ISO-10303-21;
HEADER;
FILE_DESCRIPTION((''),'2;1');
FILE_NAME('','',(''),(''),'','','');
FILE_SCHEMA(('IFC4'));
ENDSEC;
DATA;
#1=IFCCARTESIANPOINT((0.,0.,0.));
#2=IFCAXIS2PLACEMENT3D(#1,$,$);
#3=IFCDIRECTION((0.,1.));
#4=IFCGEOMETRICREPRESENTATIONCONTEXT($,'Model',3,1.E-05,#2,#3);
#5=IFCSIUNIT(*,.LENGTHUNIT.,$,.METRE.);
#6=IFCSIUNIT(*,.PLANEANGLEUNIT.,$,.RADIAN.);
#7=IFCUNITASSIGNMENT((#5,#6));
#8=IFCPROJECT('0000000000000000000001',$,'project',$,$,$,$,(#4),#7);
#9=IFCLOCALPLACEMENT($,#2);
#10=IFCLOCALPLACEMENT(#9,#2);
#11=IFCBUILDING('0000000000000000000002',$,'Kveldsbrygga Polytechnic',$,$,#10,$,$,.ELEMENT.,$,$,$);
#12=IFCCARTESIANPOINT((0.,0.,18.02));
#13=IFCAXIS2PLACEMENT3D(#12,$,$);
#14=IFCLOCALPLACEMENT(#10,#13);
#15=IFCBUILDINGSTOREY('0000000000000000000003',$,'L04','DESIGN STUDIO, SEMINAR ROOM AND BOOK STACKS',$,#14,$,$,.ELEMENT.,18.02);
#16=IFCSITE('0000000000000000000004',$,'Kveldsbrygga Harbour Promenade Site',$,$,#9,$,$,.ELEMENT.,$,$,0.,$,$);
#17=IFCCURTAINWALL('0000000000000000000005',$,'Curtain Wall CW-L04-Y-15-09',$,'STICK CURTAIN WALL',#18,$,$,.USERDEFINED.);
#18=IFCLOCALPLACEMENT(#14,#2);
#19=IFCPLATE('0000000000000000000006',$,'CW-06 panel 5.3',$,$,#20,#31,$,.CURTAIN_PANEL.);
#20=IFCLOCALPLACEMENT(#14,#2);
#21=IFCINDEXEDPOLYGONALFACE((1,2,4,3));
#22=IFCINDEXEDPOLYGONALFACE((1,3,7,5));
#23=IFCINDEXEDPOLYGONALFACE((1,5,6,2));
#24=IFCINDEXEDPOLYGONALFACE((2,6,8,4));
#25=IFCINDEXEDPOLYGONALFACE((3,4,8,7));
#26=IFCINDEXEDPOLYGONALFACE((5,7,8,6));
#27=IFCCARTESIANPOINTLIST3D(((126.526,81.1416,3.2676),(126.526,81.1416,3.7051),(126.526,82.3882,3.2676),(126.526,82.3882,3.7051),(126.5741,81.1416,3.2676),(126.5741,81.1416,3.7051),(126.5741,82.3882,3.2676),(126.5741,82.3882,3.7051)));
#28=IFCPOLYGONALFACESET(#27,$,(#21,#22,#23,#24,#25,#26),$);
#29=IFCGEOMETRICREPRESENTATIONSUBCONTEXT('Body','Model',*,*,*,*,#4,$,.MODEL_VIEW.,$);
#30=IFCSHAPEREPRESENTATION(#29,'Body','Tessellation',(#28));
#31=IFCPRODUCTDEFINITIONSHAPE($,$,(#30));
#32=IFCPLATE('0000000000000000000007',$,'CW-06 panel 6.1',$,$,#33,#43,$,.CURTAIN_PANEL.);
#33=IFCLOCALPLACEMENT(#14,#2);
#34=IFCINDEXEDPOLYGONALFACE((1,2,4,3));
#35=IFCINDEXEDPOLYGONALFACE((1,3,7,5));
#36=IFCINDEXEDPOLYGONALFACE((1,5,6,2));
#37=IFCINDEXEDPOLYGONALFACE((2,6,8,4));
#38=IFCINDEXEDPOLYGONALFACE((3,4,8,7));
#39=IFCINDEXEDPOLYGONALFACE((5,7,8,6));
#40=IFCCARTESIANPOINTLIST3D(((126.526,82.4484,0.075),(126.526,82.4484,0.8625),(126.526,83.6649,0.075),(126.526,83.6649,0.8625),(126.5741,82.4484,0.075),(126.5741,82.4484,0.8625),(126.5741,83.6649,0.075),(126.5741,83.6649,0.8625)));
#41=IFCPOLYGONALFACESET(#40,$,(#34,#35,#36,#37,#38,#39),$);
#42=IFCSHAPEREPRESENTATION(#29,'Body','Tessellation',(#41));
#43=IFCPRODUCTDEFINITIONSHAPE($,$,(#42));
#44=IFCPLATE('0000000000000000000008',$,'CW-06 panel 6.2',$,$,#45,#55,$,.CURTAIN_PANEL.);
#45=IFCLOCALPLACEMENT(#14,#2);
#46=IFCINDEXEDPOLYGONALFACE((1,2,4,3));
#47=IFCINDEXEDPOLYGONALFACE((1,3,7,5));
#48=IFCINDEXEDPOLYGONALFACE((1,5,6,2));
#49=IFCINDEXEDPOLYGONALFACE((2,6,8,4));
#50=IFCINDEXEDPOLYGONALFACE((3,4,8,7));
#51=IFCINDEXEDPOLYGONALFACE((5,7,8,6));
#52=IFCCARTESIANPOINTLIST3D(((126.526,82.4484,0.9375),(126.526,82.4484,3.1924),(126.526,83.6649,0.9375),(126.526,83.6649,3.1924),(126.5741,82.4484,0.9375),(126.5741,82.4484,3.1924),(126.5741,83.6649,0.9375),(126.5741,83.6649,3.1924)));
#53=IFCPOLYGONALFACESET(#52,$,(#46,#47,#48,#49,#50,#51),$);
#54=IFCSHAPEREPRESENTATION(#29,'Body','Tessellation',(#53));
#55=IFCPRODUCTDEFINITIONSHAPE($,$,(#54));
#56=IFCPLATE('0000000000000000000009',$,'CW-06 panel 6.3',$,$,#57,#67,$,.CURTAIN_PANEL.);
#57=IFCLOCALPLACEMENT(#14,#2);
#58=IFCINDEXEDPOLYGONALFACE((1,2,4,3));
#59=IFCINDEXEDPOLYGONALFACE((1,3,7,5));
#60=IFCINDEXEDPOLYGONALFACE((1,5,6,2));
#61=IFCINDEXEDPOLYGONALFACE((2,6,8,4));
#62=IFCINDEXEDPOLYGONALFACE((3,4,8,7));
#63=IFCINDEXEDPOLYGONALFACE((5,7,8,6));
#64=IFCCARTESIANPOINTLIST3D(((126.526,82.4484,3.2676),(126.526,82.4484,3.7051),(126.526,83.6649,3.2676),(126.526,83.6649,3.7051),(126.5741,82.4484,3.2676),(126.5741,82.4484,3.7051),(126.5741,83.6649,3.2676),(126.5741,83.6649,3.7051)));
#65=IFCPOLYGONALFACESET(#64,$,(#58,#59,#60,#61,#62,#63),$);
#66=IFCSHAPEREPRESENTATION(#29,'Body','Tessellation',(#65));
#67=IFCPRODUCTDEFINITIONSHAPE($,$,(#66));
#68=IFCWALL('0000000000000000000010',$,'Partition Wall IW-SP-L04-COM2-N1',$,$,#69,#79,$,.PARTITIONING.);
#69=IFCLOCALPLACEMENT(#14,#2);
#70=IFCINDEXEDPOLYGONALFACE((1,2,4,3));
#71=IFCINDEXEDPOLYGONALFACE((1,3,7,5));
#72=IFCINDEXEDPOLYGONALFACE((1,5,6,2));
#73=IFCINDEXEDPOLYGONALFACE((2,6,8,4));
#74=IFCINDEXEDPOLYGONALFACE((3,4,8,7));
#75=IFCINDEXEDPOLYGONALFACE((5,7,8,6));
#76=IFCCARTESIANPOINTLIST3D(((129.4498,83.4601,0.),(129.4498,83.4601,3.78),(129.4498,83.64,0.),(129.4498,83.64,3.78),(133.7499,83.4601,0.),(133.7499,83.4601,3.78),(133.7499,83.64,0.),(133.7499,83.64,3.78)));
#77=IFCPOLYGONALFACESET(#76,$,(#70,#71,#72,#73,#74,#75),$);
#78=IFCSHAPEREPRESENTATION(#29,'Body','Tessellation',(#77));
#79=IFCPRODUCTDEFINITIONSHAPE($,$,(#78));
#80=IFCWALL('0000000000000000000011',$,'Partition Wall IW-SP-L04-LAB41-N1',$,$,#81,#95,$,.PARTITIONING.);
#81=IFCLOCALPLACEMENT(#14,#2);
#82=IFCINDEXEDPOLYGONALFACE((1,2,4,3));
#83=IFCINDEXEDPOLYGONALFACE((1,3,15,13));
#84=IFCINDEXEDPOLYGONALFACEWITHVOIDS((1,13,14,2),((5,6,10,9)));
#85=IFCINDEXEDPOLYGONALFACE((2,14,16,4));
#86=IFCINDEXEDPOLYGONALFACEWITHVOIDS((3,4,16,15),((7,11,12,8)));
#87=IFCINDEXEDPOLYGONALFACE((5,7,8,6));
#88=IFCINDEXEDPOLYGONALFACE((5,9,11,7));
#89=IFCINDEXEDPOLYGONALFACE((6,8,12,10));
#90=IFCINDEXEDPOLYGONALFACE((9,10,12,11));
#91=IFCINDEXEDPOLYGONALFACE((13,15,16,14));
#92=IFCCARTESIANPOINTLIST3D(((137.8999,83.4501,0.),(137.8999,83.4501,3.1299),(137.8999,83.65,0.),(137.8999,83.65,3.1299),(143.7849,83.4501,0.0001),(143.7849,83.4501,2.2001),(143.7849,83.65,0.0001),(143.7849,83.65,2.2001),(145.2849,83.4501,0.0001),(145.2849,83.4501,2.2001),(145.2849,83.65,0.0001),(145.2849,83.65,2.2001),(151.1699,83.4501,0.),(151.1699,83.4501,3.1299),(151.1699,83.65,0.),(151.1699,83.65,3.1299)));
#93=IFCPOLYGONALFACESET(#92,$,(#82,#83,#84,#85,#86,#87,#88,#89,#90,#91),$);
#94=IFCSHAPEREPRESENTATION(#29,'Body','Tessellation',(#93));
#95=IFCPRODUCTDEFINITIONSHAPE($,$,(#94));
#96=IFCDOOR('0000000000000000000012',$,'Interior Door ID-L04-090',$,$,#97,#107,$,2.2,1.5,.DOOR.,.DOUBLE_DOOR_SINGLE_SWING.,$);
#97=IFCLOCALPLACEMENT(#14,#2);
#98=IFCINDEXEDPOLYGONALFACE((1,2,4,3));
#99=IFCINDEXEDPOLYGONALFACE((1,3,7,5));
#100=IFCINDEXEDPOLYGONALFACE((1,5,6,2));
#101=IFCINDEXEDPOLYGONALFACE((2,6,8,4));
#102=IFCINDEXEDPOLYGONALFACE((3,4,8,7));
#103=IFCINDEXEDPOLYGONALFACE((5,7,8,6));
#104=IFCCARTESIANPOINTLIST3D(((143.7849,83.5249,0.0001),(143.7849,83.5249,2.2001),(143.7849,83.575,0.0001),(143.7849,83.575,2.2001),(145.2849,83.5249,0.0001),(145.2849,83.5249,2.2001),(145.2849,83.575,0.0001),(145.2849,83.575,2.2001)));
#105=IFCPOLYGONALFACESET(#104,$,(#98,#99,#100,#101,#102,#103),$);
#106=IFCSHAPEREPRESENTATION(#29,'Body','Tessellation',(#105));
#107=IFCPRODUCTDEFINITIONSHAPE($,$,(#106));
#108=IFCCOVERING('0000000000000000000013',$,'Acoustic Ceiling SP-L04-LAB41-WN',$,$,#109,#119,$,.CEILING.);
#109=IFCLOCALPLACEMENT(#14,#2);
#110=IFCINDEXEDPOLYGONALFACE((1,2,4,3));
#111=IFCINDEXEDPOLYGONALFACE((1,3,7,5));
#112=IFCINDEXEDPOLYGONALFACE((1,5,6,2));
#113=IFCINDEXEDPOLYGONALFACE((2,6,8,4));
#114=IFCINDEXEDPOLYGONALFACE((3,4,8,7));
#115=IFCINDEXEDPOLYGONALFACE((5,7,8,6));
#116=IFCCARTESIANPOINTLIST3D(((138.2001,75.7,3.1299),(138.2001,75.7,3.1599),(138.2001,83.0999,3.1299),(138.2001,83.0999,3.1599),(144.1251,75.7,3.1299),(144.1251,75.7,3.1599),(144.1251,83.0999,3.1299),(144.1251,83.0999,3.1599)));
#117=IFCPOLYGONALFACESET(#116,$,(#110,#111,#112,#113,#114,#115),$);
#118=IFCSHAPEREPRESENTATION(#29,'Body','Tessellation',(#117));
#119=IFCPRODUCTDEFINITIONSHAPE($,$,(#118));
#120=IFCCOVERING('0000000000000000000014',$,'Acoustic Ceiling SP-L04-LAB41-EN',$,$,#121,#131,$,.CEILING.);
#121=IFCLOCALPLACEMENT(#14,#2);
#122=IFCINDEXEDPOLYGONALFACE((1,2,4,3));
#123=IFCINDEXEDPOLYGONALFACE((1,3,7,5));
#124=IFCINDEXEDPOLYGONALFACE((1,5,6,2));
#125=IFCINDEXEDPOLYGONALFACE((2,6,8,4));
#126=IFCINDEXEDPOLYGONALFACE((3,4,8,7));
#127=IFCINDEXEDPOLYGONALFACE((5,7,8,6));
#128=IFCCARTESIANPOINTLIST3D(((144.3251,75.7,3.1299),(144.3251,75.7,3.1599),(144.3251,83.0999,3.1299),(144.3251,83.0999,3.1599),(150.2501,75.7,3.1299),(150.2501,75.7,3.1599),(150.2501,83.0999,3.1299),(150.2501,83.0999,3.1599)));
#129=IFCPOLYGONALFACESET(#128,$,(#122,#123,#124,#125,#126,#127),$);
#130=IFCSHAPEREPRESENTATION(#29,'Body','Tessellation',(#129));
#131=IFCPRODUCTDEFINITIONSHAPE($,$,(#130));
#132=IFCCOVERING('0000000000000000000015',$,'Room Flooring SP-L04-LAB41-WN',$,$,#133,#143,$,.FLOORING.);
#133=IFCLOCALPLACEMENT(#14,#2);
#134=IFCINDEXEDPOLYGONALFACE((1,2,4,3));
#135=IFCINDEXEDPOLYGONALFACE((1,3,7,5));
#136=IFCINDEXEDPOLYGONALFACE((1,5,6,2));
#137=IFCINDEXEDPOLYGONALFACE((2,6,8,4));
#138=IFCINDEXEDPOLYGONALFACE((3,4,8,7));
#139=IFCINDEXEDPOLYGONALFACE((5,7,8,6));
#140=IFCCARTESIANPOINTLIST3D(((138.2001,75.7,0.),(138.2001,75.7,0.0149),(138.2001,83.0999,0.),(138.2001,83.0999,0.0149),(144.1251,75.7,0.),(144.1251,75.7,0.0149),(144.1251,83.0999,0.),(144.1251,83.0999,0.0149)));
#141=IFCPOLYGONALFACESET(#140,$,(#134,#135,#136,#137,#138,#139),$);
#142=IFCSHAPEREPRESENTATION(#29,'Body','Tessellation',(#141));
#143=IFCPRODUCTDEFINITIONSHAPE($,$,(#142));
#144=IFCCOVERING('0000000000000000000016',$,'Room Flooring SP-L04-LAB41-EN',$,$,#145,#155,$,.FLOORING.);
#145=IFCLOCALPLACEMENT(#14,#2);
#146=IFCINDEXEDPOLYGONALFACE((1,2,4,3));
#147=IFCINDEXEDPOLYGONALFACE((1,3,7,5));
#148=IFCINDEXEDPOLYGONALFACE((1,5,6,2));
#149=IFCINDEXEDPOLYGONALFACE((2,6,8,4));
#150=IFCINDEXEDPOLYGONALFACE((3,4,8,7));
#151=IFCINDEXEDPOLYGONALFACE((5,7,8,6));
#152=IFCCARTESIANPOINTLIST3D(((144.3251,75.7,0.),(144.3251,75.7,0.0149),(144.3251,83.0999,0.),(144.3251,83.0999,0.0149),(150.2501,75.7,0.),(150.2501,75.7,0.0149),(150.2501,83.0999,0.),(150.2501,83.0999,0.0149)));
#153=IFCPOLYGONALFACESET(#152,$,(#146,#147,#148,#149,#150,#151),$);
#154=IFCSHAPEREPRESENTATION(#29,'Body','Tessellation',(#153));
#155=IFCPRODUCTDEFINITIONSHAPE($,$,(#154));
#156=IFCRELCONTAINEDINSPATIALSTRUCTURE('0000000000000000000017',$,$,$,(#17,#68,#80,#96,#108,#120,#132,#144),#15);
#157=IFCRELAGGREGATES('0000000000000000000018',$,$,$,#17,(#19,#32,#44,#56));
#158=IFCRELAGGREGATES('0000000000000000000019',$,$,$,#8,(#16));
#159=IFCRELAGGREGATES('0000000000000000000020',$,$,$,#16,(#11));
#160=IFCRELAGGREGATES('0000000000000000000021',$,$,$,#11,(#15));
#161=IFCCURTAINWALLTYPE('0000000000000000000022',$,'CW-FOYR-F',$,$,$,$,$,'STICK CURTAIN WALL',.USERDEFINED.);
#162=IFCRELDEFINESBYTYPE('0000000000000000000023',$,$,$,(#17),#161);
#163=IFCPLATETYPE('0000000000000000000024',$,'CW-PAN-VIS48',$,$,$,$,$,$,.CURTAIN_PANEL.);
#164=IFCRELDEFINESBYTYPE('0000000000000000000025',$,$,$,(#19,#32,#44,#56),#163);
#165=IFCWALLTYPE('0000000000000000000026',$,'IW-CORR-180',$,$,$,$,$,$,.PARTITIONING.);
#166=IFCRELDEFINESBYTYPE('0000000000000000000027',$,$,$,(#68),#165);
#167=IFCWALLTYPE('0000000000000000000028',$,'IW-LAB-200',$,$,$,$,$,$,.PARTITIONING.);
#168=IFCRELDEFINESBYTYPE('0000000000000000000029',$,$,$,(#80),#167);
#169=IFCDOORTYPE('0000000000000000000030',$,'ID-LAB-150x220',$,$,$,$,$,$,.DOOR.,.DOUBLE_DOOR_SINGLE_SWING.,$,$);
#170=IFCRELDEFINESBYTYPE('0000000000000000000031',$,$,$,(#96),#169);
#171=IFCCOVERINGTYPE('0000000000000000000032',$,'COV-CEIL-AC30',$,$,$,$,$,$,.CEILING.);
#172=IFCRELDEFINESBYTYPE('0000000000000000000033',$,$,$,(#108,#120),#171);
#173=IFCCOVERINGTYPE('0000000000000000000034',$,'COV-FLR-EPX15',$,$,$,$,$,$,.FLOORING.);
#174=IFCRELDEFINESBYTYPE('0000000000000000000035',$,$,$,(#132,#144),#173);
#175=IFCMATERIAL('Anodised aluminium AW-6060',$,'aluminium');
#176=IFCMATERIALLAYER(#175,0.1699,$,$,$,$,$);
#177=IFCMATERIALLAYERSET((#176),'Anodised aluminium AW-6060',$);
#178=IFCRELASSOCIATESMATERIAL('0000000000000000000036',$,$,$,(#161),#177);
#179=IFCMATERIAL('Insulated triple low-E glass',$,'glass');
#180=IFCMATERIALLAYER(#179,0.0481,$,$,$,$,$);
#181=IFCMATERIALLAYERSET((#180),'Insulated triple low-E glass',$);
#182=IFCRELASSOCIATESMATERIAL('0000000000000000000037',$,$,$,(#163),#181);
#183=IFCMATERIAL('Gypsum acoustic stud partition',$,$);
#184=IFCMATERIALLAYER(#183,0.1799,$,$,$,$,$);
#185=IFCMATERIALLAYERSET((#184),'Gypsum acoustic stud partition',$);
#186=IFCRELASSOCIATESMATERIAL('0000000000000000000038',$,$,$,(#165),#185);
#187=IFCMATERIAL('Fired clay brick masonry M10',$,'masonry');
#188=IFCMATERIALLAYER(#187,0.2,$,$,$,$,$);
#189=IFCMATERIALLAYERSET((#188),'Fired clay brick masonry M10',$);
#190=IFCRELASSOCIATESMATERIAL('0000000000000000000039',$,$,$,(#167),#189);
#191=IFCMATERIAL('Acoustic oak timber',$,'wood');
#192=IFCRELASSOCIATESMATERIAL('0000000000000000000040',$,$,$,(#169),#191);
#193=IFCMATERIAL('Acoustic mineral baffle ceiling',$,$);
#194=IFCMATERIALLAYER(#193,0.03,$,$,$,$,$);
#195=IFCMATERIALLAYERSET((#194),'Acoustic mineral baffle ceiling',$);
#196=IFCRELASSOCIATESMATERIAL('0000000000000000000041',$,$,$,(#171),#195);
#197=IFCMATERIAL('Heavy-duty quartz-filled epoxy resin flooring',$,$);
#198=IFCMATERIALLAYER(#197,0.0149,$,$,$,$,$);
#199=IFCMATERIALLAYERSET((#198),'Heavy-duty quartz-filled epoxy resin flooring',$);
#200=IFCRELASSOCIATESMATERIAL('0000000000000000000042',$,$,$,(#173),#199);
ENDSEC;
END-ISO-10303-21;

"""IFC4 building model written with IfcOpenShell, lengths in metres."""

from ifc_helpers import new_model, si_unit, direction, frame, frame_2d, origin, origin_2d, place, context, subcontext, project, spatial, rectangle, extrude, material, layer, layer_set, type_object, element, fill, aggregate, save


model = new_model("IFC4")

# Units and contexts
model_context = context("Model", 3, precision=1e-05, world=origin(), true_north=direction((0.0, 1.0)))
body_context = subcontext(model_context, "Body", "Model", "MODEL_VIEW")
ifc_project = project(units=[si_unit("LENGTHUNIT", "METRE"), si_unit("PLANEANGLEUNIT", "RADIAN")], contexts=[model_context])

# Site, building, storey
site_placement = place(None, origin())
site = spatial("IfcSite", under=ifc_project, at=site_placement, Name="Kveldsbrygga Harbour Promenade Site", CompositionType="ELEMENT", RefElevation=0.0)
building_placement = place(site_placement, origin())
building = spatial("IfcBuilding", under=site, at=building_placement, Name="Kveldsbrygga Polytechnic", CompositionType="ELEMENT")
storey_placement = place(building_placement, frame((0.0, 0.0, 18.02)))
storey = spatial("IfcBuildingStorey", under=building, at=storey_placement, Name="L04", Description="DESIGN STUDIO, SEMINAR ROOM AND BOOK STACKS", CompositionType="ELEMENT", Elevation=18.02)

# Curtain wall
ifc_material_1 = material(Name="Anodised aluminium AW-6060", Category="aluminium")
ifc_layer_1 = layer(ifc_material_1, 0.1699)
ifc_layer_set_1 = layer_set([ifc_layer_1], Name="Anodised aluminium AW-6060")
curtain_wall_type = type_object("IfcCurtainWallType", Name="CW-FOYR-F", ElementType="STICK CURTAIN WALL", PredefinedType="USERDEFINED", material=ifc_layer_set_1)
curtain_wall_placement = place(storey_placement, origin())
curtain_wall = element("IfcCurtainWall", 1, at=curtain_wall_placement, inside=storey, type_object=curtain_wall_type, Name="Curtain Wall CW-L04-Y-15-09", ObjectType="STICK CURTAIN WALL", PredefinedType="USERDEFINED")

# Plates
ifc_material_2 = material(Name="Insulated triple low-E glass", Category="glass")
ifc_layer_2 = layer(ifc_material_2, 0.0481)
ifc_layer_set_2 = layer_set([ifc_layer_2], Name="Insulated triple low-E glass")
plate_type = type_object("IfcPlateType", Name="CW-PAN-VIS48", PredefinedType="CURTAIN_PANEL", material=ifc_layer_set_2)
plate_1_placement = place(storey_placement, frame((126.55, 81.7649, 3.2676), z_axis=(0.0, 0.0, 1.0), x_axis=(0.0, 1.0, 0.0)))
plate_1 = element("IfcPlate", 2, at=plate_1_placement, type_object=plate_type, Name="CW-06 panel 5.3", PredefinedType="CURTAIN_PANEL", context=body_context, shape_type="SweptSolid", body=[
    extrude(rectangle(XDim=1.2466, YDim=0.0481, at=origin_2d()), origin(), (0.0, 0.0, 1.0), 0.4375),
])
plate_2_placement = place(storey_placement, frame((126.55, 83.0566, 0.075), z_axis=(0.0, 0.0, 1.0), x_axis=(0.0, 1.0, 0.0)))
plate_2 = element("IfcPlate", 3, at=plate_2_placement, type_object=plate_type, Name="CW-06 panel 6.1", PredefinedType="CURTAIN_PANEL", context=body_context, shape_type="SweptSolid", body=[
    extrude(rectangle(XDim=1.2166, YDim=0.0481, at=origin_2d()), origin(), (0.0, 0.0, 1.0), 0.7876),
])
plate_3_placement = place(storey_placement, frame((126.55, 83.0566, 0.9375), z_axis=(0.0, 0.0, 1.0), x_axis=(0.0, 1.0, 0.0)))
plate_3 = element("IfcPlate", 4, at=plate_3_placement, type_object=plate_type, Name="CW-06 panel 6.2", PredefinedType="CURTAIN_PANEL", context=body_context, shape_type="SweptSolid", body=[
    extrude(rectangle(XDim=1.2166, YDim=0.0481, at=origin_2d()), origin(), (0.0, 0.0, 1.0), 2.2549),
])
plate_4_placement = place(storey_placement, frame((126.55, 83.0566, 3.2676), z_axis=(0.0, 0.0, 1.0), x_axis=(0.0, 1.0, 0.0)))
plate_4 = element("IfcPlate", 5, at=plate_4_placement, type_object=plate_type, Name="CW-06 panel 6.3", PredefinedType="CURTAIN_PANEL", context=body_context, shape_type="SweptSolid", body=[
    extrude(rectangle(XDim=1.2166, YDim=0.0481, at=origin_2d()), origin(), (0.0, 0.0, 1.0), 0.4375),
])
aggregate(curtain_wall, [plate_1, plate_2, plate_3, plate_4])

# Wall
ifc_material_3 = material(Name="Gypsum acoustic stud partition")
ifc_layer_3 = layer(ifc_material_3, 0.1799)
ifc_layer_set_3 = layer_set([ifc_layer_3], Name="Gypsum acoustic stud partition")
wall_type_1 = type_object("IfcWallType", Name="IW-CORR-180", PredefinedType="PARTITIONING", material=ifc_layer_set_3)
wall_1_placement = place(storey_placement, frame((129.45, 83.55, 0.0), z_axis=(0.0, 0.0, 1.0), x_axis=(1.0, 0.0, 0.0)))
element("IfcWall", 6, at=wall_1_placement, inside=storey, type_object=wall_type_1, Name="Partition Wall IW-SP-L04-COM2-N1", PredefinedType="PARTITIONING", context=body_context, shape_type="SweptSolid", body=[
    extrude(rectangle(XDim=4.3, YDim=0.1799, at=frame_2d((2.1499, 0.0))), origin(), (0.0, 0.0, 1.0), 3.78),
])

# Wall, opening, door
ifc_material_4 = material(Name="Fired clay brick masonry M10", Category="masonry")
ifc_layer_4 = layer(ifc_material_4, 0.2)
ifc_layer_set_4 = layer_set([ifc_layer_4], Name="Fired clay brick masonry M10")
wall_type_2 = type_object("IfcWallType", Name="IW-LAB-200", PredefinedType="PARTITIONING", material=ifc_layer_set_4)
wall_2_placement = place(storey_placement, frame((137.8999, 83.55, 0.0), z_axis=(0.0, 0.0, 1.0), x_axis=(1.0, 0.0, 0.0)))
wall_2 = element("IfcWall", 7, at=wall_2_placement, inside=storey, type_object=wall_type_2, Name="Partition Wall IW-SP-L04-LAB41-N1", PredefinedType="PARTITIONING", context=body_context, shape_type="SweptSolid", body=[
    extrude(rectangle(XDim=13.27, YDim=0.2, at=frame_2d((6.635, 0.0))), origin(), (0.0, 0.0, 1.0), 3.1299),
])
opening_placement = place(wall_2_placement, frame((5.885, 0.0, 0.0)))
opening = element("IfcOpeningElement", 8, at=opening_placement, cuts=wall_2, PredefinedType="OPENING", context=body_context, shape_type="SweptSolid", body=[
    extrude(rectangle(XDim=1.5, YDim=2.2, at=frame_2d((0.75, 1.1001))), frame((0.0, 0.1099, 0.0), z_axis=(0.0, -1.0, 0.0), x_axis=(1.0, 0.0, 0.0)), (0.0, 0.0, 1.0), 0.22),
])
ifc_material_5 = material(Name="Acoustic oak timber", Category="wood")
door_type = type_object("IfcDoorType", Name="ID-LAB-150x220", OperationType="DOUBLE_DOOR_SINGLE_SWING", PredefinedType="DOOR", material=ifc_material_5)
door_placement = place(opening_placement, origin())
door = element("IfcDoor", 9, at=door_placement, inside=storey, type_object=door_type, Name="Interior Door ID-L04-090", OperationType="DOUBLE_DOOR_SINGLE_SWING", OverallHeight=2.2, OverallWidth=1.5, PredefinedType="DOOR", context=body_context, shape_type="SweptSolid", body=[
    extrude(rectangle(XDim=1.5, YDim=2.2, at=frame_2d((0.75, 1.1001))), frame((0.0, 0.0249, 0.0), z_axis=(0.0, -1.0, 0.0), x_axis=(1.0, 0.0, 0.0)), (0.0, 0.0, 1.0), 0.05),
])
fill(opening, door)

# Coverings
ifc_material_6 = material(Name="Acoustic mineral baffle ceiling")
ifc_layer_5 = layer(ifc_material_6, 0.03)
ifc_layer_set_5 = layer_set([ifc_layer_5], Name="Acoustic mineral baffle ceiling")
covering_type_1 = type_object("IfcCoveringType", Name="COV-CEIL-AC30", PredefinedType="CEILING", material=ifc_layer_set_5)
for number, where, z_axis, x_axis, name in (
    (10, (141.1626, 79.3999, 3.1299), (0.0, 0.0, 1.0), (1.0, 0.0, 0.0), "Acoustic Ceiling SP-L04-LAB41-WN"),
    (11, (147.2876, 79.3999, 3.1299), (0.0, 0.0, 1.0), (1.0, 0.0, 0.0), "Acoustic Ceiling SP-L04-LAB41-EN"),
):
    element("IfcCovering", number, at=place(storey_placement, frame(where, z_axis=z_axis, x_axis=x_axis)), inside=storey, type_object=covering_type_1, Name=name, PredefinedType="CEILING", context=body_context, shape_type="SweptSolid", body=[
        extrude(rectangle(XDim=5.925, YDim=7.3999, at=origin_2d()), origin(), (0.0, 0.0, 1.0), 0.03),
    ])
ifc_material_7 = material(Name="Heavy-duty quartz-filled epoxy resin flooring")
ifc_layer_6 = layer(ifc_material_7, 0.0149)
ifc_layer_set_6 = layer_set([ifc_layer_6], Name="Heavy-duty quartz-filled epoxy resin flooring")
covering_type_2 = type_object("IfcCoveringType", Name="COV-FLR-EPX15", PredefinedType="FLOORING", material=ifc_layer_set_6)
for number, where, z_axis, x_axis, name in (
    (12, (141.1626, 79.3999, 0.0), (0.0, 0.0, 1.0), (1.0, 0.0, 0.0), "Room Flooring SP-L04-LAB41-WN"),
    (13, (147.2876, 79.3999, 0.0), (0.0, 0.0, 1.0), (1.0, 0.0, 0.0), "Room Flooring SP-L04-LAB41-EN"),
):
    element("IfcCovering", number, at=place(storey_placement, frame(where, z_axis=z_axis, x_axis=x_axis)), inside=storey, type_object=covering_type_2, Name=name, PredefinedType="FLOORING", context=body_context, shape_type="SweptSolid", body=[
        extrude(rectangle(XDim=5.925, YDim=7.3999, at=origin_2d()), origin(), (0.0, 0.0, 1.0), 0.0149),
    ])

save(model, "model.ifc")
